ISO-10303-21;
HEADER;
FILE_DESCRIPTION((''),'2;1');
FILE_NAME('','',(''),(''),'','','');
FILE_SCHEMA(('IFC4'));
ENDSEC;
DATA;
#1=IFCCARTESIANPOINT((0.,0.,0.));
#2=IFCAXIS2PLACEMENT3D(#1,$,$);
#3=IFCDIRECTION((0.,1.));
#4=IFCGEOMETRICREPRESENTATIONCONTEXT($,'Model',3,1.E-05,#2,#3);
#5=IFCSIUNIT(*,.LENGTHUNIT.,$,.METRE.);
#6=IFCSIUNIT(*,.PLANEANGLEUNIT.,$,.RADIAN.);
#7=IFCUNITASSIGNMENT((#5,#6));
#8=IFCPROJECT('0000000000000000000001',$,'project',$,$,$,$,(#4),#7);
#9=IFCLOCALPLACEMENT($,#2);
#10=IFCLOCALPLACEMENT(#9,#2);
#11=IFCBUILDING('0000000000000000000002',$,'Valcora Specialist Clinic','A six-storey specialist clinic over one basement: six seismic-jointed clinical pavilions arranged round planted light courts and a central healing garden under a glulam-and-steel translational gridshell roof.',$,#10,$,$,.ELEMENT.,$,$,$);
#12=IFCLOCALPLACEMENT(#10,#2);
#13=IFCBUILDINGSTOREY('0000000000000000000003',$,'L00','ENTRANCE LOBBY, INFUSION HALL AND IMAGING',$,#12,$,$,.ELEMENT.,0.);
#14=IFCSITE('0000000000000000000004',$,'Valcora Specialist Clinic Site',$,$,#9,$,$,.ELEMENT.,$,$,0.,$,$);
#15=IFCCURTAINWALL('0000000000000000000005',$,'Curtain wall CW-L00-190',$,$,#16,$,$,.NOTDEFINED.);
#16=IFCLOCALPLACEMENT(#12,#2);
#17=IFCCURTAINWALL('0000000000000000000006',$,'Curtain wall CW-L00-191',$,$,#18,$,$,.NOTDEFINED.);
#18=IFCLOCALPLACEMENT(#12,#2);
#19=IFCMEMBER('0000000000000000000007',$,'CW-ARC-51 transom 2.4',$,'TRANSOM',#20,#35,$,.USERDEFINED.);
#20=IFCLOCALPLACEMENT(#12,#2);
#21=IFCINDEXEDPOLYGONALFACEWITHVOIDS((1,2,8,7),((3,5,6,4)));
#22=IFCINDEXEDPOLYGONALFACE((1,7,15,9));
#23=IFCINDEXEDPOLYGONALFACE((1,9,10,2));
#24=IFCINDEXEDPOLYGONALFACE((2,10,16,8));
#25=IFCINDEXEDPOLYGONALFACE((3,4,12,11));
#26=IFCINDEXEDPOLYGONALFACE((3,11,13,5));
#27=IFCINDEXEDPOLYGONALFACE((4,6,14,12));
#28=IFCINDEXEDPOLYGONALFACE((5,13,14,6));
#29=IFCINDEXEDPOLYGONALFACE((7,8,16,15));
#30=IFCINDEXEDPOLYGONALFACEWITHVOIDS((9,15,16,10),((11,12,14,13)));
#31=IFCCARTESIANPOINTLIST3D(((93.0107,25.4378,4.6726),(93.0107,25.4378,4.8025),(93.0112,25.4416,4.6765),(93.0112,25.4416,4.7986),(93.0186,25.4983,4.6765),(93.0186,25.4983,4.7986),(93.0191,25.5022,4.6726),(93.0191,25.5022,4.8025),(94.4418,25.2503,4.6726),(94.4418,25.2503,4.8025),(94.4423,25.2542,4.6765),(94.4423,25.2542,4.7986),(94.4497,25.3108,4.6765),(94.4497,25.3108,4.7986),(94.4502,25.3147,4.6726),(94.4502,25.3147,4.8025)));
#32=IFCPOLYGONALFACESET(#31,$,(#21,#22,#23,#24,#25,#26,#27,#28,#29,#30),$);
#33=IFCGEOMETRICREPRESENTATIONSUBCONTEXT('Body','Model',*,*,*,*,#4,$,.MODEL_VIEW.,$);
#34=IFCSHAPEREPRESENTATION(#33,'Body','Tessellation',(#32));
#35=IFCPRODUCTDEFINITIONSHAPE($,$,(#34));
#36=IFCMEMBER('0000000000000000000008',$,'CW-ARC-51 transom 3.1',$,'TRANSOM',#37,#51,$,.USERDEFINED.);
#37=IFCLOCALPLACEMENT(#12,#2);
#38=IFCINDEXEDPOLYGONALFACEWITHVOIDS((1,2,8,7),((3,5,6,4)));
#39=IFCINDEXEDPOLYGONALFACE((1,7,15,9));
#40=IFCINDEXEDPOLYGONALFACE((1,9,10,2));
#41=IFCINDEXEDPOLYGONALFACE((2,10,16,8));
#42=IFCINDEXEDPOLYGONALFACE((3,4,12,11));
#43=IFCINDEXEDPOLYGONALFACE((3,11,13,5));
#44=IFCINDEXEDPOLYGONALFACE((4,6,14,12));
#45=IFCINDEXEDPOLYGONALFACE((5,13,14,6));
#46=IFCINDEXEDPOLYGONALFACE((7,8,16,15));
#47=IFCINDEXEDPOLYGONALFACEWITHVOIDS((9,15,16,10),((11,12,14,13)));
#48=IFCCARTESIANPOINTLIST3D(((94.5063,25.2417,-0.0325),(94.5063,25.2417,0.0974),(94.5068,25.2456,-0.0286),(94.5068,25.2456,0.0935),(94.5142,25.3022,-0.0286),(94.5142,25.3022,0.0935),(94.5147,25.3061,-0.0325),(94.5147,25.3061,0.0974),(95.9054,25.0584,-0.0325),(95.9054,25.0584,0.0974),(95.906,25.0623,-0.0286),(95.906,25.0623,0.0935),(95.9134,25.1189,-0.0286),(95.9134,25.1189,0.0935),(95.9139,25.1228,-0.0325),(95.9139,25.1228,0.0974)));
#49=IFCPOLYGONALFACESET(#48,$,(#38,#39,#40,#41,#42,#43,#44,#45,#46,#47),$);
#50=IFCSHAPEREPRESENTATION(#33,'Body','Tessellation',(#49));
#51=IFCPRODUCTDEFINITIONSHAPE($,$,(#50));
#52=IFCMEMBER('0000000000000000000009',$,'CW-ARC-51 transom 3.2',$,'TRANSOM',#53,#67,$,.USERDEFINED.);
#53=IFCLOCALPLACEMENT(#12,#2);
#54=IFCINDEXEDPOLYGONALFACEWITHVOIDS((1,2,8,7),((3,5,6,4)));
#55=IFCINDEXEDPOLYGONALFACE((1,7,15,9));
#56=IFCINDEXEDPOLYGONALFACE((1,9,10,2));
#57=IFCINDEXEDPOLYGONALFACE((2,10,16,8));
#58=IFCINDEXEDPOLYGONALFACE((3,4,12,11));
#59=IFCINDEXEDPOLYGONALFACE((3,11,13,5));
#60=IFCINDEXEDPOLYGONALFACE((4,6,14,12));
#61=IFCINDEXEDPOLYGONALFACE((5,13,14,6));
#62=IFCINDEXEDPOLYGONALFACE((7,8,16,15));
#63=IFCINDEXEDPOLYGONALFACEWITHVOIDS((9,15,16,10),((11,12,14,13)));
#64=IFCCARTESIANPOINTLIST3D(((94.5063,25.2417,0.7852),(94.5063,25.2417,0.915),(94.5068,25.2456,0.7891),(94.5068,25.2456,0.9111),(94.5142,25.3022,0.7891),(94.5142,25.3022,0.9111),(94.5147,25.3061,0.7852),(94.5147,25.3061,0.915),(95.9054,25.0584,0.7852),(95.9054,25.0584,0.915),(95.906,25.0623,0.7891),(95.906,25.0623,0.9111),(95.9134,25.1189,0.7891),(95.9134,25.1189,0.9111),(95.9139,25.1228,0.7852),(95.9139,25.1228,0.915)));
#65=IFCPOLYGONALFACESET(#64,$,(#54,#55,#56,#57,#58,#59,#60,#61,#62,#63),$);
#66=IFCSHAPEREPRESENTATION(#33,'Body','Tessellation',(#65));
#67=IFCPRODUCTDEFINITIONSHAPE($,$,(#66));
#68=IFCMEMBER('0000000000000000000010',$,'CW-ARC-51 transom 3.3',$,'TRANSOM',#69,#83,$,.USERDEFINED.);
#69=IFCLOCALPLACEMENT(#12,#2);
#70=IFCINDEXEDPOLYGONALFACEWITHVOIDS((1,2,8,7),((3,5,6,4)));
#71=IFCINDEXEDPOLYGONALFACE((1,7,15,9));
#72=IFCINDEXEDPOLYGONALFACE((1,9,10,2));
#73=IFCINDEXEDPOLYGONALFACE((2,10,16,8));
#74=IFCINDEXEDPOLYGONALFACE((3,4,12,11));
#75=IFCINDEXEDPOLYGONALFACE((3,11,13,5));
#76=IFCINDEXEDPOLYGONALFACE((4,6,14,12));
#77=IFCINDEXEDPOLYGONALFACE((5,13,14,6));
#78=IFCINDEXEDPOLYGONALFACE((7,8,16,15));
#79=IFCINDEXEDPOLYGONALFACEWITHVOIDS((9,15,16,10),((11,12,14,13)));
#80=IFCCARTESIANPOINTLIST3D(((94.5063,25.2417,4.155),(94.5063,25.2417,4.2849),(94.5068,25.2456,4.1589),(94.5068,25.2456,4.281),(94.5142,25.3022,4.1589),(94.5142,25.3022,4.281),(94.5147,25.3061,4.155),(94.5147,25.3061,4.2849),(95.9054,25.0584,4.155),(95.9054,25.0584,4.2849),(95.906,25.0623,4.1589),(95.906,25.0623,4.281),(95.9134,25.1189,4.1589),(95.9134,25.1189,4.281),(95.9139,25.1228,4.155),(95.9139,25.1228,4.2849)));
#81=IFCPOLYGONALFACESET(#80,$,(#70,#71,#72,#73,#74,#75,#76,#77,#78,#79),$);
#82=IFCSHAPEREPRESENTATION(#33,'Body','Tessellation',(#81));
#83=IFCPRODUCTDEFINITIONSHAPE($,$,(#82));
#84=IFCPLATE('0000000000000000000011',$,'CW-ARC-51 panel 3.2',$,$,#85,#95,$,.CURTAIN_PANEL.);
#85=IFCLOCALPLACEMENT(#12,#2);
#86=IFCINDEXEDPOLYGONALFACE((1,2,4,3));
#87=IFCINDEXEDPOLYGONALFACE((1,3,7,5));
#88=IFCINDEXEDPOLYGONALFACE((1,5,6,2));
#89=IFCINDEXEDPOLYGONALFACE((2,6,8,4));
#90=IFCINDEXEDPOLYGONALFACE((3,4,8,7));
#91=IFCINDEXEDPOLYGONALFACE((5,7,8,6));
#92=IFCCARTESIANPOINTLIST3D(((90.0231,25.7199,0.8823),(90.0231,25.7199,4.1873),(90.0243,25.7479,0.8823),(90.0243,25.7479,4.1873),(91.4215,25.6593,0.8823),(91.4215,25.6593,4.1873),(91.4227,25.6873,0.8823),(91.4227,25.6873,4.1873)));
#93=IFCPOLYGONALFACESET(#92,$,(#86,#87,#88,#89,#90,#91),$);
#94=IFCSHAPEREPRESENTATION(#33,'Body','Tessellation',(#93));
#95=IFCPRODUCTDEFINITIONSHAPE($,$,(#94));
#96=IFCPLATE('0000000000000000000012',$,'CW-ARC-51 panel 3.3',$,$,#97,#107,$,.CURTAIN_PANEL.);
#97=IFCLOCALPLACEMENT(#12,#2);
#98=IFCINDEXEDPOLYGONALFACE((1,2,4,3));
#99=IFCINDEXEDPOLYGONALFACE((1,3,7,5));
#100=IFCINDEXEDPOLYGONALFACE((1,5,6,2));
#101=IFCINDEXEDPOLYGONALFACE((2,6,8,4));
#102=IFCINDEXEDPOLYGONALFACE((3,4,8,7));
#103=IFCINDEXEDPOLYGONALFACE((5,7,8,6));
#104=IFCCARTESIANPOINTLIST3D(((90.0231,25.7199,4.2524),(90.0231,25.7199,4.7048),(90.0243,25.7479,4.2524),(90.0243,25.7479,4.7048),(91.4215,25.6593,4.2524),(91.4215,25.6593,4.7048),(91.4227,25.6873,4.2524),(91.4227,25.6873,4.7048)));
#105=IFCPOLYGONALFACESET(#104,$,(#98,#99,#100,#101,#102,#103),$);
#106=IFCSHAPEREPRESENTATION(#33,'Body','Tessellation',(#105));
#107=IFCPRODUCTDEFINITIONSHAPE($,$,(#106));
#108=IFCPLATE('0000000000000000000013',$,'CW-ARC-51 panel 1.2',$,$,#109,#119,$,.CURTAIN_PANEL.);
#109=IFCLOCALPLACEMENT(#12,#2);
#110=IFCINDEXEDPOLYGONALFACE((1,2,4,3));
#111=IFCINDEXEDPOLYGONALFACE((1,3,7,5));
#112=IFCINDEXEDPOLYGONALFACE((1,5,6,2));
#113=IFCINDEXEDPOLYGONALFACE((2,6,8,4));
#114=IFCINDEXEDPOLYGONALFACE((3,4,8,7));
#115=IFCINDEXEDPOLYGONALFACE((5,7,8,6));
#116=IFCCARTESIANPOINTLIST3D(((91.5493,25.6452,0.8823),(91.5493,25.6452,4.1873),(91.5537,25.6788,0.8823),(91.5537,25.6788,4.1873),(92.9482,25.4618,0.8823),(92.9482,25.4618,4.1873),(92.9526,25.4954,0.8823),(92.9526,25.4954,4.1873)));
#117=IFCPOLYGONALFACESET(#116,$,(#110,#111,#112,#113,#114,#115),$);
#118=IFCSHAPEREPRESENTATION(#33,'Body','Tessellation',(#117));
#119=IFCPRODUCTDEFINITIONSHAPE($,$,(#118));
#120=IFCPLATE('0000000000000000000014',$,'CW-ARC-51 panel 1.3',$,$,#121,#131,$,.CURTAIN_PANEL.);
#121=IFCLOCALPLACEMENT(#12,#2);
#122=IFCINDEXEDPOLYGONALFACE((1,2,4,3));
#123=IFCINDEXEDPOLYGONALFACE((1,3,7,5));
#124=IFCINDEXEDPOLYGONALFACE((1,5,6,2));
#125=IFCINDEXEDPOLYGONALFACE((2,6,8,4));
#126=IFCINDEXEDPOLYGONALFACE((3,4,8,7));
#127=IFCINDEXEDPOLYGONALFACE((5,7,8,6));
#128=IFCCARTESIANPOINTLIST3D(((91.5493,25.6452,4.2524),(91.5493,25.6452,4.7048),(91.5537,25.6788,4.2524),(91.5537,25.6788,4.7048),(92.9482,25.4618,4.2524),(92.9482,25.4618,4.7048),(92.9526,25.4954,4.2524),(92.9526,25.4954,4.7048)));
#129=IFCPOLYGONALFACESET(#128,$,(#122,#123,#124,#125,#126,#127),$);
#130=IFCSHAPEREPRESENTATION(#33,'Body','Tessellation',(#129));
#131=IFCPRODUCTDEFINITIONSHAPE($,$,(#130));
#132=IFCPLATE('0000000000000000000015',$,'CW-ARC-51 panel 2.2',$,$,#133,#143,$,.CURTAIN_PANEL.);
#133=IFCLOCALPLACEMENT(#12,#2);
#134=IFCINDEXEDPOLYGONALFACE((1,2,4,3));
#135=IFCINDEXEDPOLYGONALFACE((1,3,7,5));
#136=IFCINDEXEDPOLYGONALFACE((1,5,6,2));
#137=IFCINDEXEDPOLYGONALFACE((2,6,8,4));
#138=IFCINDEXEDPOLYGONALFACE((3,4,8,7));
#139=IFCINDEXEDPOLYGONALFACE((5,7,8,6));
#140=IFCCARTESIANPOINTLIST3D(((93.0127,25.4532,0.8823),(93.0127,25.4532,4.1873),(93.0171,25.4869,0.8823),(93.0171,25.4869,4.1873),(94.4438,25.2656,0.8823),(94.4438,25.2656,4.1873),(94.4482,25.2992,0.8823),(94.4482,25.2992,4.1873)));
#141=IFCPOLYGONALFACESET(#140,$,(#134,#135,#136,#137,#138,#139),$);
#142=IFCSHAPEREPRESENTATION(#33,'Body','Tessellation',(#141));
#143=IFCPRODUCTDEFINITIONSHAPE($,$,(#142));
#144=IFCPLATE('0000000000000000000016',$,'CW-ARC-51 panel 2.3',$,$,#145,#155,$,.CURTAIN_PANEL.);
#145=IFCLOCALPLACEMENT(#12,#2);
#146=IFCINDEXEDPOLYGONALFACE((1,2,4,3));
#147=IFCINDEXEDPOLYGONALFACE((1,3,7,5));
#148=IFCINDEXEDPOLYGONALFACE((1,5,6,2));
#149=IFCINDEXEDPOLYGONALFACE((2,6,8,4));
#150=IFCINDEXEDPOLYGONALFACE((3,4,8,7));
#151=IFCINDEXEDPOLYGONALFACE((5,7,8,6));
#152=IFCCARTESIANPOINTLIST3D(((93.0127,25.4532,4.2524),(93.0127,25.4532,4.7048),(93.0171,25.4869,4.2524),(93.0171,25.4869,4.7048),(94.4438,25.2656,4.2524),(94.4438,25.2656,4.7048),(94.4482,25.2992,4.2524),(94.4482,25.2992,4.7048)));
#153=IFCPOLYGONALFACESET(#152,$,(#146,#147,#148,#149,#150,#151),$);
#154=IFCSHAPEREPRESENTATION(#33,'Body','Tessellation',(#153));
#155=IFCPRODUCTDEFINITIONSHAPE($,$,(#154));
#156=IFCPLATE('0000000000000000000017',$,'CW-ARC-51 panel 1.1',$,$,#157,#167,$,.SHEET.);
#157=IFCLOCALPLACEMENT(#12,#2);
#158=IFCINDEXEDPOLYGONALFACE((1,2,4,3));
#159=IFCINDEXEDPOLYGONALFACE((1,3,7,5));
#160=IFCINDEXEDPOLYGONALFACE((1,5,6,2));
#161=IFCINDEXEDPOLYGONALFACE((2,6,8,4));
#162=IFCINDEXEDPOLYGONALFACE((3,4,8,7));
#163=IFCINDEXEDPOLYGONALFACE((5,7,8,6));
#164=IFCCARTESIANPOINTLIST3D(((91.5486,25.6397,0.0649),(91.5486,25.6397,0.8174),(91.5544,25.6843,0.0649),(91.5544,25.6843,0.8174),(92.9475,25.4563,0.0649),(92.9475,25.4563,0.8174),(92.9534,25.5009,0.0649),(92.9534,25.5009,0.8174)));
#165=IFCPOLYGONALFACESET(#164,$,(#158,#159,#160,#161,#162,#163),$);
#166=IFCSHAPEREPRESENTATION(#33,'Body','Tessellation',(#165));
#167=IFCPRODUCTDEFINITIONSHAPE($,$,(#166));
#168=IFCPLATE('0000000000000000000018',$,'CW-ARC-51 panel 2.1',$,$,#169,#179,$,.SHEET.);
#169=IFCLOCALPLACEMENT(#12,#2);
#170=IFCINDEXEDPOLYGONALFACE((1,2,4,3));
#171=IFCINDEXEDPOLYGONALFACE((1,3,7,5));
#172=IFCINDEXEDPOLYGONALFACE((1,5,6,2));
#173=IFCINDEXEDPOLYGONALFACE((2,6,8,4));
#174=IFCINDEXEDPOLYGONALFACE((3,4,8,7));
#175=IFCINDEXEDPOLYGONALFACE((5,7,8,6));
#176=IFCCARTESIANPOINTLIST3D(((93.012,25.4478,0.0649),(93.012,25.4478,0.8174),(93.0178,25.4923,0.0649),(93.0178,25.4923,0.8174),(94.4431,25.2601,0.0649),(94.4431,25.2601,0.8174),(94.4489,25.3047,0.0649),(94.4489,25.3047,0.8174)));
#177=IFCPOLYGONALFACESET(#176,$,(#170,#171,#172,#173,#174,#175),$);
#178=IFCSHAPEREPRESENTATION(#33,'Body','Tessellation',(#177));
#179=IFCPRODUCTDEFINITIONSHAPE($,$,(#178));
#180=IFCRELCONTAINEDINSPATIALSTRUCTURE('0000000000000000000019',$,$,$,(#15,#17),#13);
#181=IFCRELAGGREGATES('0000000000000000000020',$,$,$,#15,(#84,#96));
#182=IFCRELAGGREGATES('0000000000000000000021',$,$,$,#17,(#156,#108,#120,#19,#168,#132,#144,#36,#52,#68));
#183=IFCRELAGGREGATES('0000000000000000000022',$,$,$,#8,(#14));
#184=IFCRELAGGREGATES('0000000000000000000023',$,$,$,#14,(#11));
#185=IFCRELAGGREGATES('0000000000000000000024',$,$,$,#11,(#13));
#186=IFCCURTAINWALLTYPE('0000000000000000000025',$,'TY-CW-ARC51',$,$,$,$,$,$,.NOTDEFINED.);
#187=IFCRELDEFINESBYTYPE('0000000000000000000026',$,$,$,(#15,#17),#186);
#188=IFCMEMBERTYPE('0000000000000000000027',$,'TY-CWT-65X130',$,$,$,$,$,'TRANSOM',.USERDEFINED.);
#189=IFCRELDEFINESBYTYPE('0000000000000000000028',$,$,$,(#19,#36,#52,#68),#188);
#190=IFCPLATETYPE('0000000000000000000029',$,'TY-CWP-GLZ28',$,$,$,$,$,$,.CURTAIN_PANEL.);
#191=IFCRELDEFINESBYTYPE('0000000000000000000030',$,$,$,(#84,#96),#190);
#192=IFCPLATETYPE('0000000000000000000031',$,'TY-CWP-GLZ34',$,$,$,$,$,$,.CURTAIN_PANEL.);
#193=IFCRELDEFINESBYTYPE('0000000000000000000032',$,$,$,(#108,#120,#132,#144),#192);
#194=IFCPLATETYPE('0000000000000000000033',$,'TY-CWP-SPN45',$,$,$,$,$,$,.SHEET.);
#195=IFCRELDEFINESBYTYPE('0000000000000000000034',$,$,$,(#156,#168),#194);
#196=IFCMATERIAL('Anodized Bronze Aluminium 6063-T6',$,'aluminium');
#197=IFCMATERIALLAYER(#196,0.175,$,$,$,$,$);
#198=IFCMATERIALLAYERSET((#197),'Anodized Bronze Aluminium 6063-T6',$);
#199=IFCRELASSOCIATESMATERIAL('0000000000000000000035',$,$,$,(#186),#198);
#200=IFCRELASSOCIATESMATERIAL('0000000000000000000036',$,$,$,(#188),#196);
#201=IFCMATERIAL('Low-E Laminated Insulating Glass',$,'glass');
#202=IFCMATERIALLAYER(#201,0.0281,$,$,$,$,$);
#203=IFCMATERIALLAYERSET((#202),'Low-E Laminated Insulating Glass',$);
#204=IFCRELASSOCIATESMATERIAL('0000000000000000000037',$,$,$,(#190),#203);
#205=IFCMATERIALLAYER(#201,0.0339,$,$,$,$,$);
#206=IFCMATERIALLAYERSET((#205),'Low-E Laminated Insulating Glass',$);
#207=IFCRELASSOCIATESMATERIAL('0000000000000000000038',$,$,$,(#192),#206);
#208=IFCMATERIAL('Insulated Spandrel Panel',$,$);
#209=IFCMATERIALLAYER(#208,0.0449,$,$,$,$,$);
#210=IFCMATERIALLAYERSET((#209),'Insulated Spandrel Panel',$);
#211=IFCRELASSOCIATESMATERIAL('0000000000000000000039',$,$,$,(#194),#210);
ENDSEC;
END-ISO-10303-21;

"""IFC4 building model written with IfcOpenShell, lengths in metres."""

from ifc_helpers import new_model, si_unit, direction, frame, origin, origin_2d, place, context, subcontext, project, spatial, rectangle, hollow_rectangle, extrude, material, layer, layer_set, material_profile, profile_set, type_object, element, aggregate, save


model = new_model("IFC4")

# Units and contexts
model_context = context("Model", 3, precision=1e-05, world=origin(), true_north=direction((0.0, 1.0)))
body_context = subcontext(model_context, "Body", "Model", "MODEL_VIEW")
ifc_project = project(units=[si_unit("LENGTHUNIT", "METRE"), si_unit("PLANEANGLEUNIT", "RADIAN")], contexts=[model_context])

# Site, building, storey
site_placement = place(None, origin())
site = spatial("IfcSite", under=ifc_project, at=site_placement, Name="Valcora Specialist Clinic Site", CompositionType="ELEMENT", RefElevation=0.0)
building_placement = place(site_placement, origin())
building = spatial("IfcBuilding", under=site, at=building_placement, Name="Valcora Specialist Clinic", Description="A six-storey specialist clinic over one basement: six seismic-jointed clinical pavilions arranged round planted light courts and a central healing garden under a glulam-and-steel translational gridshell roof.", CompositionType="ELEMENT")
storey_placement = place(building_placement, origin())
storey = spatial("IfcBuildingStorey", under=building, at=storey_placement, Name="L00", Description="ENTRANCE LOBBY, INFUSION HALL AND IMAGING", CompositionType="ELEMENT", Elevation=0.0)

# Curtain wall
ifc_material_1 = material(Name="Anodized Bronze Aluminium 6063-T6", Category="aluminium")
ifc_layer_1 = layer(ifc_material_1, 0.175)
ifc_layer_set_1 = layer_set([ifc_layer_1], Name="Anodized Bronze Aluminium 6063-T6")
curtain_wall_type = type_object("IfcCurtainWallType", Name="TY-CW-ARC51", PredefinedType="NOTDEFINED", material=ifc_layer_set_1)
curtain_wall_1_placement = place(storey_placement, origin())
curtain_wall_1 = element("IfcCurtainWall", 1, at=curtain_wall_1_placement, inside=storey, type_object=curtain_wall_type, Name="Curtain wall CW-L00-190", PredefinedType="NOTDEFINED")

# Curtain wall, members
curtain_wall_2_placement = place(storey_placement, origin())
curtain_wall_2 = element("IfcCurtainWall", 2, at=curtain_wall_2_placement, inside=storey, type_object=curtain_wall_type, Name="Curtain wall CW-L00-191", PredefinedType="NOTDEFINED")
ifc_material_profile_1 = material_profile(ifc_material_1, hollow_rectangle(XDim=0.0649, YDim=0.1299, WallThickness=0.0039, at=origin_2d()), Name="AL-TRN-65X130")
ifc_profile_set_1 = profile_set([ifc_material_profile_1], Name="Anodized Bronze Aluminium 6063-T6")
member_type_1 = type_object("IfcMemberType", Name="TY-CWT-65X130", ElementType="TRANSOM", PredefinedType="USERDEFINED", material=ifc_profile_set_1)
member_1_placement = place(storey_placement, frame((93.0149, 25.47, 4.7375), z_axis=(0.991527, -0.129903, 0.0), x_axis=(0.129903, 0.991527, 0.0)))
member_1 = element("IfcMember", 3, at=member_1_placement, type_object=member_type_1, Name="CW-ARC-51 transom 2.4", ObjectType="TRANSOM", PredefinedType="USERDEFINED", context=body_context, shape_type="SweptSolid", body=[
    extrude(hollow_rectangle(XDim=0.0649, YDim=0.1299, WallThickness=0.0039, at=origin_2d()), origin(), (0.0, 0.0, 1.0), 1.4434),
])
member_2_placement = place(storey_placement, frame((94.5105, 25.2739, 0.0325), z_axis=(0.991523, -0.129931, 0.0), x_axis=(0.129931, 0.991523, 0.0)))
member_2 = element("IfcMember", 4, at=member_2_placement, type_object=member_type_1, Name="CW-ARC-51 transom 3.1", ObjectType="TRANSOM", PredefinedType="USERDEFINED", context=body_context, shape_type="SweptSolid", body=[
    extrude(hollow_rectangle(XDim=0.0649, YDim=0.1299, WallThickness=0.0039, at=origin_2d()), origin(), (0.0, 0.0, 1.0), 1.4111),
])
member_3_placement = place(storey_placement, frame((94.5105, 25.2739, 0.8501), z_axis=(0.991523, -0.129931, 0.0), x_axis=(0.129931, 0.991523, 0.0)))
member_3 = element("IfcMember", 5, at=member_3_placement, type_object=member_type_1, Name="CW-ARC-51 transom 3.2", ObjectType="TRANSOM", PredefinedType="USERDEFINED", context=body_context, shape_type="SweptSolid", body=[
    extrude(hollow_rectangle(XDim=0.0649, YDim=0.1299, WallThickness=0.0039, at=origin_2d()), origin(), (0.0, 0.0, 1.0), 1.4111),
])
member_4_placement = place(storey_placement, frame((94.5105, 25.2739, 4.22), z_axis=(0.991523, -0.129931, 0.0), x_axis=(0.129931, 0.991523, 0.0)))
member_4 = element("IfcMember", 6, at=member_4_placement, type_object=member_type_1, Name="CW-ARC-51 transom 3.3", ObjectType="TRANSOM", PredefinedType="USERDEFINED", context=body_context, shape_type="SweptSolid", body=[
    extrude(hollow_rectangle(XDim=0.0649, YDim=0.1299, WallThickness=0.0039, at=origin_2d()), origin(), (0.0, 0.0, 1.0), 1.4111),
])

# Plates
ifc_material_2 = material(Name="Low-E Laminated Insulating Glass", Category="glass")
ifc_layer_2 = layer(ifc_material_2, 0.0281)
ifc_layer_set_2 = layer_set([ifc_layer_2], Name="Low-E Laminated Insulating Glass")
plate_type_1 = type_object("IfcPlateType", Name="TY-CWP-GLZ28", PredefinedType="CURTAIN_PANEL", material=ifc_layer_set_2)
plate_1_placement = place(storey_placement, frame((90.7229, 25.7036, 0.8823), z_axis=(0.0, 0.0, 1.0), x_axis=(0.999062, -0.043307, 0.0)))
plate_1 = element("IfcPlate", 7, at=plate_1_placement, type_object=plate_type_1, Name="CW-ARC-51 panel 3.2", PredefinedType="CURTAIN_PANEL", context=body_context, shape_type="SweptSolid", body=[
    extrude(rectangle(XDim=1.3997, YDim=0.0281, at=origin_2d()), origin(), (0.0, 0.0, 1.0), 3.3049),
])
plate_2_placement = place(storey_placement, frame((90.7229, 25.7036, 4.2524), z_axis=(0.0, 0.0, 1.0), x_axis=(0.999062, -0.043307, 0.0)))
plate_2 = element("IfcPlate", 8, at=plate_2_placement, type_object=plate_type_1, Name="CW-ARC-51 panel 3.3", PredefinedType="CURTAIN_PANEL", context=body_context, shape_type="SweptSolid", body=[
    extrude(rectangle(XDim=1.3997, YDim=0.0281, at=origin_2d()), origin(), (0.0, 0.0, 1.0), 0.4524),
])
aggregate(curtain_wall_1, [plate_1, plate_2])
ifc_layer_3 = layer(ifc_material_2, 0.0339)
ifc_layer_set_3 = layer_set([ifc_layer_3], Name="Low-E Laminated Insulating Glass")
plate_type_2 = type_object("IfcPlateType", Name="TY-CWP-GLZ34", PredefinedType="CURTAIN_PANEL", material=ifc_layer_set_3)
plate_3_placement = place(storey_placement, frame((92.251, 25.5703, 0.8823), z_axis=(0.0, 0.0, 1.0), x_axis=(0.991514, -0.129999, 0.0)))
plate_3 = element("IfcPlate", 9, at=plate_3_placement, type_object=plate_type_2, Name="CW-ARC-51 panel 1.2", PredefinedType="CURTAIN_PANEL", context=body_context, shape_type="SweptSolid", body=[
    extrude(rectangle(XDim=1.4109, YDim=0.0339, at=origin_2d()), origin(), (0.0, 0.0, 1.0), 3.3049),
])
plate_4_placement = place(storey_placement, frame((92.251, 25.5703, 4.2524), z_axis=(0.0, 0.0, 1.0), x_axis=(0.991514, -0.129999, 0.0)))
plate_4 = element("IfcPlate", 10, at=plate_4_placement, type_object=plate_type_2, Name="CW-ARC-51 panel 1.3", PredefinedType="CURTAIN_PANEL", context=body_context, shape_type="SweptSolid", body=[
    extrude(rectangle(XDim=1.4109, YDim=0.0339, at=origin_2d()), origin(), (0.0, 0.0, 1.0), 0.4524),
])
plate_5_placement = place(storey_placement, frame((93.7305, 25.3762, 0.8823), z_axis=(0.0, 0.0, 1.0), x_axis=(0.991514, -0.129999, 0.0)))
plate_5 = element("IfcPlate", 11, at=plate_5_placement, type_object=plate_type_2, Name="CW-ARC-51 panel 2.2", PredefinedType="CURTAIN_PANEL", context=body_context, shape_type="SweptSolid", body=[
    extrude(rectangle(XDim=1.4434, YDim=0.0339, at=origin_2d()), origin(), (0.0, 0.0, 1.0), 3.3049),
])
plate_6_placement = place(storey_placement, frame((93.7305, 25.3762, 4.2524), z_axis=(0.0, 0.0, 1.0), x_axis=(0.991514, -0.129999, 0.0)))
plate_6 = element("IfcPlate", 12, at=plate_6_placement, type_object=plate_type_2, Name="CW-ARC-51 panel 2.3", PredefinedType="CURTAIN_PANEL", context=body_context, shape_type="SweptSolid", body=[
    extrude(rectangle(XDim=1.4434, YDim=0.0339, at=origin_2d()), origin(), (0.0, 0.0, 1.0), 0.4524),
])
ifc_material_3 = material(Name="Insulated Spandrel Panel")
ifc_layer_4 = layer(ifc_material_3, 0.0449)
ifc_layer_set_4 = layer_set([ifc_layer_4], Name="Insulated Spandrel Panel")
plate_type_3 = type_object("IfcPlateType", Name="TY-CWP-SPN45", PredefinedType="SHEET", material=ifc_layer_set_4)
plate_7_placement = place(storey_placement, frame((92.251, 25.5703, 0.0649), z_axis=(0.0, 0.0, 1.0), x_axis=(0.991514, -0.129999, 0.0)))
plate_7 = element("IfcPlate", 13, at=plate_7_placement, type_object=plate_type_3, Name="CW-ARC-51 panel 1.1", PredefinedType="SHEET", context=body_context, shape_type="SweptSolid", body=[
    extrude(rectangle(XDim=1.4109, YDim=0.0449, at=origin_2d()), origin(), (0.0, 0.0, 1.0), 0.7524),
])
plate_8_placement = place(storey_placement, frame((93.7305, 25.3762, 0.0649), z_axis=(0.0, 0.0, 1.0), x_axis=(0.991514, -0.129999, 0.0)))
plate_8 = element("IfcPlate", 14, at=plate_8_placement, type_object=plate_type_3, Name="CW-ARC-51 panel 2.1", PredefinedType="SHEET", context=body_context, shape_type="SweptSolid", body=[
    extrude(rectangle(XDim=1.4434, YDim=0.0449, at=origin_2d()), origin(), (0.0, 0.0, 1.0), 0.7524),
])
aggregate(curtain_wall_2, [plate_7, plate_3, plate_4, member_1, plate_8, plate_5, plate_6, member_2, member_3, member_4])

save(model, "model.ifc")
